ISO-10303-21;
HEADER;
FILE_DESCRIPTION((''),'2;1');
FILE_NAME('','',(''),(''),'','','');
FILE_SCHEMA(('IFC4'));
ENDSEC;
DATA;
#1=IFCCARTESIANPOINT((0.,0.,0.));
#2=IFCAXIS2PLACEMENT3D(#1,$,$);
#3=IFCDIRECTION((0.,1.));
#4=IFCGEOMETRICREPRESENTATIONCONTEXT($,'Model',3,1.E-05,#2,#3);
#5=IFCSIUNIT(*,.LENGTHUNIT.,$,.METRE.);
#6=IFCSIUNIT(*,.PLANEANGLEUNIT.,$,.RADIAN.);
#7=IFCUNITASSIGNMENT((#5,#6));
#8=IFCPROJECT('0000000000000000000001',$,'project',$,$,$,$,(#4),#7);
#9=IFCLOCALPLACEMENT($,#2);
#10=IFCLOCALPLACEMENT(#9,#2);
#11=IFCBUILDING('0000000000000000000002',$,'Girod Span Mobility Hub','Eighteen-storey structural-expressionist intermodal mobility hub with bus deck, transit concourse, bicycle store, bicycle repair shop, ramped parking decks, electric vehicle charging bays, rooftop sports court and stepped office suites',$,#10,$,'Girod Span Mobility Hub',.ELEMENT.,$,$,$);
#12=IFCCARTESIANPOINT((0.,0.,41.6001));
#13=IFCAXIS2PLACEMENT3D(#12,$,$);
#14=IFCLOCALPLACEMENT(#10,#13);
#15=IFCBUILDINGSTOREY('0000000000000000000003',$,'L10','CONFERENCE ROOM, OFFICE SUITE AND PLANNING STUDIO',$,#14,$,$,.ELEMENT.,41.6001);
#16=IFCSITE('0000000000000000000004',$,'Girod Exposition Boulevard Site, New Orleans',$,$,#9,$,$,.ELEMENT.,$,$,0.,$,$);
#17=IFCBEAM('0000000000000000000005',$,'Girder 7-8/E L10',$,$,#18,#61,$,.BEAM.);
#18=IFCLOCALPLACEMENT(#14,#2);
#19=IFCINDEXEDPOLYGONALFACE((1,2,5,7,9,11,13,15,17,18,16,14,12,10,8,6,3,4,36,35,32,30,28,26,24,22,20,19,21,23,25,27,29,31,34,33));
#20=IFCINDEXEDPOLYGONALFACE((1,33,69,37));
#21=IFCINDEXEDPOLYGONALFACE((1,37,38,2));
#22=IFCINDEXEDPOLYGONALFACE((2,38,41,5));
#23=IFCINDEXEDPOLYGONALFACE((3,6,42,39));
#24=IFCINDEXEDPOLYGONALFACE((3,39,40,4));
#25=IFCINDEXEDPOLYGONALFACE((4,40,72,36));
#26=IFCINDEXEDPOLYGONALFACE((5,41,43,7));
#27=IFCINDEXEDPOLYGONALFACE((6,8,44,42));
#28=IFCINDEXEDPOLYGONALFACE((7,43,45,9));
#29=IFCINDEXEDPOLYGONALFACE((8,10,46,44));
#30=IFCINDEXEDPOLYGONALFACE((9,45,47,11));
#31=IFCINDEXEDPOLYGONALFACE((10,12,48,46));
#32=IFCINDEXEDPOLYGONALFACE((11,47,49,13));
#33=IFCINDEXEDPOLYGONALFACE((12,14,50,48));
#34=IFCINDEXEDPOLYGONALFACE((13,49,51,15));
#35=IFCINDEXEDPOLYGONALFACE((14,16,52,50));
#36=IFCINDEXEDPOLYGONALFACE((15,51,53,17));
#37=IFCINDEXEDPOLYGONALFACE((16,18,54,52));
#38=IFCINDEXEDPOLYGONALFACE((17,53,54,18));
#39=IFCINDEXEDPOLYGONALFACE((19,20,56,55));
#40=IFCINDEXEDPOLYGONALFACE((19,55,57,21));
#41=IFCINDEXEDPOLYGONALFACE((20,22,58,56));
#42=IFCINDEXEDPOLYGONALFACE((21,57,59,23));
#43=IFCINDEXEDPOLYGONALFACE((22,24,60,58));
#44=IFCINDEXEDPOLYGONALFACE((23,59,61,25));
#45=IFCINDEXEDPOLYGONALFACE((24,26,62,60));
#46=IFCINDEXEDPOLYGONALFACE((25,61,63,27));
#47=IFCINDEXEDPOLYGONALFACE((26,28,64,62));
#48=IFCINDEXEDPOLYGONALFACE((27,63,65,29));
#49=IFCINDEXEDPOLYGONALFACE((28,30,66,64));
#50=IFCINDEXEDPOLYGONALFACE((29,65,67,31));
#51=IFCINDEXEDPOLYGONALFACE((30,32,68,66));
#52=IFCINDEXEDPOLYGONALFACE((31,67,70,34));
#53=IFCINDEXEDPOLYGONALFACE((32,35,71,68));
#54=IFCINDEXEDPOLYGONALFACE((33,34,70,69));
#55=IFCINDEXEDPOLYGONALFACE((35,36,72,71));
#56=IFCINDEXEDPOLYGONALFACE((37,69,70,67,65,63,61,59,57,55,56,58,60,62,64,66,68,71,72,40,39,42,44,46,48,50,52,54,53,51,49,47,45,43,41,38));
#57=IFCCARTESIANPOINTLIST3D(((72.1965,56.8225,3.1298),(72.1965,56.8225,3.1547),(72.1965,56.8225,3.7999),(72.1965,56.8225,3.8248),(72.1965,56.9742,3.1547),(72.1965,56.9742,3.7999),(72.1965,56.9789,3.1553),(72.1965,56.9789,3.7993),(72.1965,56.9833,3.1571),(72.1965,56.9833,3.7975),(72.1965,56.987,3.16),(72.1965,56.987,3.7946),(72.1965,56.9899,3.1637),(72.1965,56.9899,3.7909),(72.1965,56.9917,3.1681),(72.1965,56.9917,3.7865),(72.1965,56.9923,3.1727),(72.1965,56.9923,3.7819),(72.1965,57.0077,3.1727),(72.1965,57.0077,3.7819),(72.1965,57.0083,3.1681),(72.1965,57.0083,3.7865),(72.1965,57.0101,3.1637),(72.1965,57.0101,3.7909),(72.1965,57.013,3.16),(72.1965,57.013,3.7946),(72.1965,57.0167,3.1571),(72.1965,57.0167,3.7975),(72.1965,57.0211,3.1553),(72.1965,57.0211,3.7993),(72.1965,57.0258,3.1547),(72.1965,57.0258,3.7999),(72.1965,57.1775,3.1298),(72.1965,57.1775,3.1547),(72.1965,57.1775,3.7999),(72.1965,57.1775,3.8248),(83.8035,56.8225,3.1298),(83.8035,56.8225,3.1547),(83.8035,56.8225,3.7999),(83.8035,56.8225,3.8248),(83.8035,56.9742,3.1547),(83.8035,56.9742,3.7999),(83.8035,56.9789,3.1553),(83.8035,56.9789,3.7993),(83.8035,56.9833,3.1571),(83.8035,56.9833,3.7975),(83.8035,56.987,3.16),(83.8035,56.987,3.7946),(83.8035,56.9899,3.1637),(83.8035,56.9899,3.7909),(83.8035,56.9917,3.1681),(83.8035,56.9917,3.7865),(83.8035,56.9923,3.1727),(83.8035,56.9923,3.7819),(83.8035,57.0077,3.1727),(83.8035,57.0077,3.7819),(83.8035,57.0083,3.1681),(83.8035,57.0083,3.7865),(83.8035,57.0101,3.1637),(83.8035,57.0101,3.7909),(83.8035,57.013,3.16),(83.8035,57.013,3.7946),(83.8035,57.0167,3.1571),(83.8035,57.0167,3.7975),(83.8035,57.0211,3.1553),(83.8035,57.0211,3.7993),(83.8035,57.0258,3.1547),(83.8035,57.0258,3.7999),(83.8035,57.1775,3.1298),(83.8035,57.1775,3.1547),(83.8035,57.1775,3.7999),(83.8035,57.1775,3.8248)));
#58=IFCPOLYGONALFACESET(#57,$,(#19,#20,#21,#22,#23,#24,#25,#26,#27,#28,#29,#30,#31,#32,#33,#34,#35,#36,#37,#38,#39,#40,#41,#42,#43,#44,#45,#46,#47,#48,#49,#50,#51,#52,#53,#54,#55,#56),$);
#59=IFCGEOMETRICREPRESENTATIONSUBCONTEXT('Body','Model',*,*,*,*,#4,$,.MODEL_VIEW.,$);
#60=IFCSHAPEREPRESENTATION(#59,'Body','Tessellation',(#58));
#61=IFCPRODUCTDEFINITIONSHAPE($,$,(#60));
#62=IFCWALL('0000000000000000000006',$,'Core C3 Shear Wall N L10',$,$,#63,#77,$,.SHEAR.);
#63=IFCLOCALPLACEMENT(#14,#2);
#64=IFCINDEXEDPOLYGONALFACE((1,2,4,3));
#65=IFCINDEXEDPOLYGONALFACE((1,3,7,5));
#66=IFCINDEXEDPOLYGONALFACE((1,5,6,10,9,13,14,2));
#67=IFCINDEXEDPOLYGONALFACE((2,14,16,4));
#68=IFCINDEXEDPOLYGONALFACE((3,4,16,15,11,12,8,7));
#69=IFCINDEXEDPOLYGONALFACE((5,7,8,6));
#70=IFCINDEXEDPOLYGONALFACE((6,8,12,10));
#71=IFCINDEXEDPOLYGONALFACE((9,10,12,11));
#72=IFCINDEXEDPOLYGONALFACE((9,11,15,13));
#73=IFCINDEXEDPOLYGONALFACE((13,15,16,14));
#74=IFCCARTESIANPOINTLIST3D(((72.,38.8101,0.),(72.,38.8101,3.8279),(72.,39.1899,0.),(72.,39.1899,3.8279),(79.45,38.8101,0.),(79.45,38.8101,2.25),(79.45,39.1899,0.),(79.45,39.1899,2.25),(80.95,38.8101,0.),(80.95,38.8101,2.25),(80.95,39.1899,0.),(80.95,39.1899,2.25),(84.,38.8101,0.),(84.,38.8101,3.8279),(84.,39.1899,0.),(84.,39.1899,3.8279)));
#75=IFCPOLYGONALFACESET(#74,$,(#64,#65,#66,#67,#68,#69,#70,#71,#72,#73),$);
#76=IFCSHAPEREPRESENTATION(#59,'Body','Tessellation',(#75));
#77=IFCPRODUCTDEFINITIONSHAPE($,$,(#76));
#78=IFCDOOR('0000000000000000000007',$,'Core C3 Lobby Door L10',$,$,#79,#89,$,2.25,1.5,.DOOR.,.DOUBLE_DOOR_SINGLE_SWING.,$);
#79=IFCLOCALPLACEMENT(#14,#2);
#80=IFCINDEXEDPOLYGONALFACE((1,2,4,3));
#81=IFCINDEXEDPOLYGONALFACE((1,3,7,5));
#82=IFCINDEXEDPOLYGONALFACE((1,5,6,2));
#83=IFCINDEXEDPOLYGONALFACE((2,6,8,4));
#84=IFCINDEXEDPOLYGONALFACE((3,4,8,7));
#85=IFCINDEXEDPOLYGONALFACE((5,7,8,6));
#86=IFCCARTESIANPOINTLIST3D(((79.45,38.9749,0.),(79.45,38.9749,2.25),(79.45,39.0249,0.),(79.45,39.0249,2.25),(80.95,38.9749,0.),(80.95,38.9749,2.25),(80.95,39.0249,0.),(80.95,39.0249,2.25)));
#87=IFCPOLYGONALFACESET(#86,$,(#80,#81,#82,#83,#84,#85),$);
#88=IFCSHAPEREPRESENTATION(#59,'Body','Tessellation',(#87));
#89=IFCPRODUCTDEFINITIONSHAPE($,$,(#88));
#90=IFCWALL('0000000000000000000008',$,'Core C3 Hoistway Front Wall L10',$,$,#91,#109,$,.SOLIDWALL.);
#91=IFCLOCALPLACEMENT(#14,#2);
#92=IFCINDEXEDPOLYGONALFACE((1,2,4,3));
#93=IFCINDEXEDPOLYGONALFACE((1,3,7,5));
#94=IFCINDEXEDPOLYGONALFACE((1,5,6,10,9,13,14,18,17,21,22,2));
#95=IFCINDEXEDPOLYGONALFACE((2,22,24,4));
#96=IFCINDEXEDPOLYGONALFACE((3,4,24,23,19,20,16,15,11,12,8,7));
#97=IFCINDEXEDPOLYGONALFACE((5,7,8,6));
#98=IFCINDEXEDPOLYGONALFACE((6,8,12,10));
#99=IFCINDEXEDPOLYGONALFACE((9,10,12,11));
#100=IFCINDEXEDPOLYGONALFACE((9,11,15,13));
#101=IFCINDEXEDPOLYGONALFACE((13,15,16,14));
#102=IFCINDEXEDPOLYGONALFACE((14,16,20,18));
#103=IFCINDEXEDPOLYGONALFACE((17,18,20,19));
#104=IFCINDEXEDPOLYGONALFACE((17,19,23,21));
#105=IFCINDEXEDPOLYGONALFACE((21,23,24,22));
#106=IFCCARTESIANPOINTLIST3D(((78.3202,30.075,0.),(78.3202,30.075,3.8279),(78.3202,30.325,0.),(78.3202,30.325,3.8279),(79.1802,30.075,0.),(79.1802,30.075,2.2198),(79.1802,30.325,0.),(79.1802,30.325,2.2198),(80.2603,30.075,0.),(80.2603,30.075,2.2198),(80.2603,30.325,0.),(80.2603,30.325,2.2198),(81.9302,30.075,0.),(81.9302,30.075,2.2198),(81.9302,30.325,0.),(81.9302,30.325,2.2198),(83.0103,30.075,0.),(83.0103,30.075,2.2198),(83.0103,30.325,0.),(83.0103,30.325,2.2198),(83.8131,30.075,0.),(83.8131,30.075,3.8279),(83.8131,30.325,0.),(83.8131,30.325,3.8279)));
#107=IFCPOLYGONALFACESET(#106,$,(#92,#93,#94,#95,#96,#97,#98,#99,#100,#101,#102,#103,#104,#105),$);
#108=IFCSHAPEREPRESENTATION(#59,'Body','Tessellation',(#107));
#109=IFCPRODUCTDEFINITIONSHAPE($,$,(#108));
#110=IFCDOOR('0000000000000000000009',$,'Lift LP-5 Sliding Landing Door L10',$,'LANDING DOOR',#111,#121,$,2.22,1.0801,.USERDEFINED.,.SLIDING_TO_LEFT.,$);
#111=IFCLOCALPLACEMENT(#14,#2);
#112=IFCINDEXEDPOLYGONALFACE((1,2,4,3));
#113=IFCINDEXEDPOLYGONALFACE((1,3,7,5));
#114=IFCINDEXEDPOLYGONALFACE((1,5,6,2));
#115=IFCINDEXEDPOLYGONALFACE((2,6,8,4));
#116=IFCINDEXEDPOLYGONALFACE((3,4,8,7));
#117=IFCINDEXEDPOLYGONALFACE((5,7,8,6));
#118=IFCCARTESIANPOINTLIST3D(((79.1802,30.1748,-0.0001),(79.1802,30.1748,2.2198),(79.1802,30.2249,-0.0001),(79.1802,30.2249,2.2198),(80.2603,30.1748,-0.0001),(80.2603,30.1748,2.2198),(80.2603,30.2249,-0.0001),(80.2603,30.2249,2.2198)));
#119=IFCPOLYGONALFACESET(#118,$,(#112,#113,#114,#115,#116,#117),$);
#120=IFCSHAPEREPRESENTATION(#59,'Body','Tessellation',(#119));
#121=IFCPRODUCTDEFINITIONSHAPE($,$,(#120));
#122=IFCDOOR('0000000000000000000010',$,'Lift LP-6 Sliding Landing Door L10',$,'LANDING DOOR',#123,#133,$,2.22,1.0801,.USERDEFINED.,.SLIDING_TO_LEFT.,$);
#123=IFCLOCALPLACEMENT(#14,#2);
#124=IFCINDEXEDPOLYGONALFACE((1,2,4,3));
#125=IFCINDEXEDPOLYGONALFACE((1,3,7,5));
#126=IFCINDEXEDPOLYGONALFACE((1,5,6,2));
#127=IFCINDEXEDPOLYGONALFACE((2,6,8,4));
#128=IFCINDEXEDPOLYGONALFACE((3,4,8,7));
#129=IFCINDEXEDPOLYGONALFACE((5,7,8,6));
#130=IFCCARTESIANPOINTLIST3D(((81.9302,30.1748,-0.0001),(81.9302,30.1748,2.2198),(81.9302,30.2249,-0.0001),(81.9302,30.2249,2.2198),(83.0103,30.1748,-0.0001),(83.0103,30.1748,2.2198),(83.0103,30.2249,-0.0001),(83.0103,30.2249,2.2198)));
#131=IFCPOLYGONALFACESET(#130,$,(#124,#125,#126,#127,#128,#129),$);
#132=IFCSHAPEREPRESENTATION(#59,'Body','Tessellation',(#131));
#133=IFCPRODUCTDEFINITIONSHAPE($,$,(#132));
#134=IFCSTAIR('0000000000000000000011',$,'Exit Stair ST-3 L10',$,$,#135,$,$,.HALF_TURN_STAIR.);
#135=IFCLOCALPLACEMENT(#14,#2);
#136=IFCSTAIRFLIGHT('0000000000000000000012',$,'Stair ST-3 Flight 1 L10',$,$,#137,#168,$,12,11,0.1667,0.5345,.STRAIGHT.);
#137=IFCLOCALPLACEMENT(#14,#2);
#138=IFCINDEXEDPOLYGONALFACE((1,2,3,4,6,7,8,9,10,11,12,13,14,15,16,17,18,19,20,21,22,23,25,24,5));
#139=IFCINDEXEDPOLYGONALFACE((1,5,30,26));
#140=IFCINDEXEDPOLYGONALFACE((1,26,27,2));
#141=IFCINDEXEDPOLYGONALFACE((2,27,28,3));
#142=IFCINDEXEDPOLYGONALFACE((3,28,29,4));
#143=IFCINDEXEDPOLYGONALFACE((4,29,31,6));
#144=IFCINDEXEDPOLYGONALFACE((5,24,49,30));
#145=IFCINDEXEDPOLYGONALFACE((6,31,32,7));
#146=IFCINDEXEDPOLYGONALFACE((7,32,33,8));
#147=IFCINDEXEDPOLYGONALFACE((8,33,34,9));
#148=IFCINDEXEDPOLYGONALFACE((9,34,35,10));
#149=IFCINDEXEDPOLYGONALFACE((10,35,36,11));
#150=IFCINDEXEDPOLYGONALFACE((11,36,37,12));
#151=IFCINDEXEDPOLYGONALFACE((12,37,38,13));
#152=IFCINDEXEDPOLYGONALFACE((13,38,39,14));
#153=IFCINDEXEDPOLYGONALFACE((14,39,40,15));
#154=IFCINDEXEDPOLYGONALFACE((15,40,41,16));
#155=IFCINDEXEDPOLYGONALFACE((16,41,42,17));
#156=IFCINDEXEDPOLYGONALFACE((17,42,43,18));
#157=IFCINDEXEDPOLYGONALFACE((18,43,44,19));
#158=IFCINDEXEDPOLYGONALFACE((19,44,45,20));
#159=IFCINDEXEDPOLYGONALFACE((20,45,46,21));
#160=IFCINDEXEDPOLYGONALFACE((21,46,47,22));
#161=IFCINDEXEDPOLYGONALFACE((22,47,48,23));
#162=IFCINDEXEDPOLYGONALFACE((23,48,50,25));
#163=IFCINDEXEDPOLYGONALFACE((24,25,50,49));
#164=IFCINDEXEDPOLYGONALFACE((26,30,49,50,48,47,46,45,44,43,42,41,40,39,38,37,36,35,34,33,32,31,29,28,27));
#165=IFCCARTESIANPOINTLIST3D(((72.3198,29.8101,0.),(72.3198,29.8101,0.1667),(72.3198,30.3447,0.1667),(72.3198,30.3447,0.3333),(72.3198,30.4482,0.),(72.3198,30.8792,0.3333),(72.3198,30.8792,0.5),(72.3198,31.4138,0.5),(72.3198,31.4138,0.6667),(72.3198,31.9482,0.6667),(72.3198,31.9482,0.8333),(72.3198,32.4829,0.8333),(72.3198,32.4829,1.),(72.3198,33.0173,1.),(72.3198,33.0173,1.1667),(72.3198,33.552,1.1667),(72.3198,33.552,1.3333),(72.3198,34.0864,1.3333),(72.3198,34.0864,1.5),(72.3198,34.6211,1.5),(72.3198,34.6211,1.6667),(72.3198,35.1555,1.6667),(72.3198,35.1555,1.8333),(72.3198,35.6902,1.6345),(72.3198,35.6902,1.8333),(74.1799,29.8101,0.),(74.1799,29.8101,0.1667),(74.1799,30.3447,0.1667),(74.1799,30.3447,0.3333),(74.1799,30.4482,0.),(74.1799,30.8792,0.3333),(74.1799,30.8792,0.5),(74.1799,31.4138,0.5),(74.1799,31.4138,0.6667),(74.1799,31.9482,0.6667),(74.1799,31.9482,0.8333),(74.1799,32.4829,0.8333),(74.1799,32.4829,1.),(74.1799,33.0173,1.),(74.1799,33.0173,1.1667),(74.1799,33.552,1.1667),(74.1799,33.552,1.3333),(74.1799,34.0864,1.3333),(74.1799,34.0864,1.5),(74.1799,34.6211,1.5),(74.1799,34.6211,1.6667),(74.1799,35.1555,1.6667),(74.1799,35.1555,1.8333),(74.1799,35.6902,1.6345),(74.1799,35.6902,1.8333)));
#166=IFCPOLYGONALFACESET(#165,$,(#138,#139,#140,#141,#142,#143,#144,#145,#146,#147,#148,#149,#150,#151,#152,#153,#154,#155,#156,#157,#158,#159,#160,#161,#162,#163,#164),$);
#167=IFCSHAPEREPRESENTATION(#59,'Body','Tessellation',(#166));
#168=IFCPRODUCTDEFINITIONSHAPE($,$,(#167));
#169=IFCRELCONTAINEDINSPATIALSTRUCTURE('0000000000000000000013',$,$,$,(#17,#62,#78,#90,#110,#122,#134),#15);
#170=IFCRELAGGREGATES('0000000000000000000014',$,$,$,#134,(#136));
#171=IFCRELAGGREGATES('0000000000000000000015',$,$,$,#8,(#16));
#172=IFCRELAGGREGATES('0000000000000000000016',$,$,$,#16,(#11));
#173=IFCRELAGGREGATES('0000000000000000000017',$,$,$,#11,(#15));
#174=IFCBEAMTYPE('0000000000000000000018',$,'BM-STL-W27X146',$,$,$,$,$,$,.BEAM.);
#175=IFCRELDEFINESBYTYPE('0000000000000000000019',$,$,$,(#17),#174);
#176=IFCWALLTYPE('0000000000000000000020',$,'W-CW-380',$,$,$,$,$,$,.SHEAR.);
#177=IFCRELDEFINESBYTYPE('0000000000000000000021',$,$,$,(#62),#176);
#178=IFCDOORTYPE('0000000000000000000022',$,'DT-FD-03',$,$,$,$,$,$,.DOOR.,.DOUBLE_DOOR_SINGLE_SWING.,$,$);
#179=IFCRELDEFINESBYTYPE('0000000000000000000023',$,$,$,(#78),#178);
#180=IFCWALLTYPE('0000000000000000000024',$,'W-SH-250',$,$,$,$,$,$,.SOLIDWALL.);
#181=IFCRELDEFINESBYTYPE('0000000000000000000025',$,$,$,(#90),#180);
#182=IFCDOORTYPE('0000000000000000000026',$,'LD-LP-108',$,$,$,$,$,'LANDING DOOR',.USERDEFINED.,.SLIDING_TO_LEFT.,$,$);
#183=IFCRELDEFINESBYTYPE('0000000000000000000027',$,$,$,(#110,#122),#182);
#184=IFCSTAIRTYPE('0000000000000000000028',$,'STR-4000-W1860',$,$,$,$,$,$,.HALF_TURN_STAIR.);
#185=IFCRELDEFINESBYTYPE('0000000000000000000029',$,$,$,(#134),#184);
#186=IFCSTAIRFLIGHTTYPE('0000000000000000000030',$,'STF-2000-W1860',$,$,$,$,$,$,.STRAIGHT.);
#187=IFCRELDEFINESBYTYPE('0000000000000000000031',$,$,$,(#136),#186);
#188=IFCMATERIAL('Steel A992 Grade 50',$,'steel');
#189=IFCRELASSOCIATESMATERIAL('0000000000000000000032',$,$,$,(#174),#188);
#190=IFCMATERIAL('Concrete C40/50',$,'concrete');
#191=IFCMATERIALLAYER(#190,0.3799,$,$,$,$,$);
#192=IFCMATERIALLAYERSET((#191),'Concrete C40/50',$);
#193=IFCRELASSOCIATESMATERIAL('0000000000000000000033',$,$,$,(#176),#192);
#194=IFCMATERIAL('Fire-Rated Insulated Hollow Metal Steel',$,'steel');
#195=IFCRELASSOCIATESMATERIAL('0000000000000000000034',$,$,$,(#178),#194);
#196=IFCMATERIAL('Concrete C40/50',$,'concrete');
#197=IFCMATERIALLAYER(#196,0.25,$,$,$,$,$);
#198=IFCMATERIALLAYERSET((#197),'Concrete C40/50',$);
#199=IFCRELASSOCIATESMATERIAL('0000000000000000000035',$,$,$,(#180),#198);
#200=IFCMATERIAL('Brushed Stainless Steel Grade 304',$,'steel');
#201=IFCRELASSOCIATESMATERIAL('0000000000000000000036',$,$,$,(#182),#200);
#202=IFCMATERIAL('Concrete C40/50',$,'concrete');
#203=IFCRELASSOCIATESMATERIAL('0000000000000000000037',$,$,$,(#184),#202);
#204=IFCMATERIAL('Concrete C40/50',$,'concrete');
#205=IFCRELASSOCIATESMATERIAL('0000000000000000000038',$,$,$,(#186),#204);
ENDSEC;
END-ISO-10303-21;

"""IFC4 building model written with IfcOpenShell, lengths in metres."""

from ifc_helpers import new_model, si_unit, direction, frame, frame_2d, origin, origin_2d, place, context, subcontext, project, spatial, polyline, rectangle, i_section, outline, extrude, material, layer, layer_set, material_profile, profile_set, type_object, element, fill, aggregate, save


model = new_model("IFC4")

# Units and contexts
model_context = context("Model", 3, precision=1e-05, world=origin(), true_north=direction((0.0, 1.0)))
body_context = subcontext(model_context, "Body", "Model", "MODEL_VIEW")
ifc_project = project(units=[si_unit("LENGTHUNIT", "METRE"), si_unit("PLANEANGLEUNIT", "RADIAN")], contexts=[model_context])

# Site, building, storey
site_placement = place(None, origin())
site = spatial("IfcSite", under=ifc_project, at=site_placement, Name="Girod Exposition Boulevard Site, New Orleans", CompositionType="ELEMENT", RefElevation=0.0)
building_placement = place(site_placement, origin())
building = spatial("IfcBuilding", under=site, at=building_placement, Name="Girod Span Mobility Hub", Description="Eighteen-storey structural-expressionist intermodal mobility hub with bus deck, transit concourse, bicycle store, bicycle repair shop, ramped parking decks, electric vehicle charging bays, rooftop sports court and stepped office suites", LongName="Girod Span Mobility Hub", CompositionType="ELEMENT")
storey_placement = place(building_placement, frame((0.0, 0.0, 41.6001)))
storey = spatial("IfcBuildingStorey", under=building, at=storey_placement, Name="L10", Description="CONFERENCE ROOM, OFFICE SUITE AND PLANNING STUDIO", CompositionType="ELEMENT", Elevation=41.6001)

# Beam
ifc_material_1 = material(Name="Steel A992 Grade 50", Category="steel")
ifc_material_profile_1 = material_profile(ifc_material_1, i_section(OverallWidth=0.355, OverallDepth=0.6951, WebThickness=0.0154, FlangeThickness=0.0249, FilletRadius=0.0181, at=origin_2d()), Name="W27X146")
ifc_profile_set_1 = profile_set([ifc_material_profile_1], Name="Steel A992 Grade 50")
beam_type_1 = type_object("IfcBeamType", Name="BM-STL-W27X146", PredefinedType="BEAM", material=ifc_profile_set_1)
for number, where, z_axis, x_axis, name in (
    (1, (72.1965, 57.0, 3.4773), (1.0, 0.0, 0.0), (0.0, 1.0, 0.0), "Girder 7-8/E L10"),
):
    element("IfcBeam", number, at=place(storey_placement, frame(where, z_axis=z_axis, x_axis=x_axis)), inside=storey, type_object=beam_type_1, Name=name, PredefinedType="BEAM", context=body_context, shape_type="SweptSolid", body=[
        extrude(i_section(OverallWidth=0.355, OverallDepth=0.6951, WebThickness=0.0154, FlangeThickness=0.0249, FilletRadius=0.0181, at=origin_2d()), origin(), (0.0, 0.0, 1.0), 11.6069),
    ])

# Wall, opening, door
ifc_material_2 = material(Name="Concrete C40/50", Category="concrete")
ifc_layer_1 = layer(ifc_material_2, 0.3799)
ifc_layer_set_1 = layer_set([ifc_layer_1], Name="Concrete C40/50")
wall_type_1 = type_object("IfcWallType", Name="W-CW-380", PredefinedType="SHEAR", material=ifc_layer_set_1)
wall_1_placement = place(storey_placement, frame((72.0, 39.0, 0.0), z_axis=(0.0, 0.0, 1.0), x_axis=(1.0, 0.0, 0.0)))
wall_1 = element("IfcWall", 2, at=wall_1_placement, inside=storey, type_object=wall_type_1, Name="Core C3 Shear Wall N L10", PredefinedType="SHEAR", context=body_context, shape_type="SweptSolid", body=[
    extrude(rectangle(XDim=12.0, YDim=0.3799, at=frame_2d((6.0, 0.0))), origin(), (0.0, 0.0, 1.0), 3.8279),
])
opening_1_placement = place(wall_1_placement, frame((7.45, 0.0, 0.0)))
opening_1 = element("IfcOpeningElement", 3, at=opening_1_placement, cuts=wall_1, PredefinedType="OPENING", context=body_context, shape_type="SweptSolid", body=[
    extrude(rectangle(XDim=1.5, YDim=2.25, at=frame_2d((0.75, 1.125))), frame((0.0, 0.2048, 0.0), z_axis=(0.0, -1.0, 0.0), x_axis=(1.0, 0.0, 0.0)), (0.0, 0.0, 1.0), 0.4099),
])
ifc_material_3 = material(Name="Fire-Rated Insulated Hollow Metal Steel", Category="steel")
door_type_1 = type_object("IfcDoorType", Name="DT-FD-03", OperationType="DOUBLE_DOOR_SINGLE_SWING", PredefinedType="DOOR", material=ifc_material_3)
door_1_placement = place(opening_1_placement, origin())
door_1 = element("IfcDoor", 4, at=door_1_placement, inside=storey, type_object=door_type_1, Name="Core C3 Lobby Door L10", OperationType="DOUBLE_DOOR_SINGLE_SWING", OverallHeight=2.25, OverallWidth=1.5, PredefinedType="DOOR", context=body_context, shape_type="SweptSolid", body=[
    extrude(rectangle(XDim=1.5, YDim=2.25, at=frame_2d((0.75, 1.125))), frame((0.0, 0.0249, 0.0), z_axis=(0.0, -1.0, 0.0), x_axis=(1.0, 0.0, 0.0)), (0.0, 0.0, 1.0), 0.05),
])
fill(opening_1, door_1)

# Wall, openings, doors
ifc_material_4 = material(Name="Concrete C40/50", Category="concrete")
ifc_layer_2 = layer(ifc_material_4, 0.25)
ifc_layer_set_2 = layer_set([ifc_layer_2], Name="Concrete C40/50")
wall_type_2 = type_object("IfcWallType", Name="W-SH-250", PredefinedType="SOLIDWALL", material=ifc_layer_set_2)
wall_2_placement = place(storey_placement, frame((78.3201, 30.2, 0.0), z_axis=(0.0, 0.0, 1.0), x_axis=(1.0, 0.0, 0.0)))
wall_2 = element("IfcWall", 5, at=wall_2_placement, inside=storey, type_object=wall_type_2, Name="Core C3 Hoistway Front Wall L10", PredefinedType="SOLIDWALL", context=body_context, shape_type="SweptSolid", body=[
    extrude(rectangle(XDim=5.4929, YDim=0.25, at=frame_2d((2.7466, 0.0))), origin(), (0.0, 0.0, 1.0), 3.8279),
])
opening_2_placement = place(wall_2_placement, frame((0.8601, 0.0, 0.0)))
opening_2 = element("IfcOpeningElement", 6, at=opening_2_placement, cuts=wall_2, PredefinedType="OPENING", context=body_context, shape_type="SweptSolid", body=[
    extrude(rectangle(XDim=1.0801, YDim=2.22, at=frame_2d((0.54, 1.1099))), frame((0.0, 0.1399, 0.0), z_axis=(0.0, -1.0, 0.0), x_axis=(1.0, 0.0, 0.0)), (0.0, 0.0, 1.0), 0.28),
])
opening_3_placement = place(wall_2_placement, frame((3.6101, 0.0, 0.0)))
opening_3 = element("IfcOpeningElement", 7, at=opening_3_placement, cuts=wall_2, PredefinedType="OPENING", context=body_context, shape_type="SweptSolid", body=[
    extrude(rectangle(XDim=1.0801, YDim=2.22, at=frame_2d((0.54, 1.1099))), frame((0.0, 0.1399, 0.0), z_axis=(0.0, -1.0, 0.0), x_axis=(1.0, 0.0, 0.0)), (0.0, 0.0, 1.0), 0.28),
])
ifc_material_5 = material(Name="Brushed Stainless Steel Grade 304", Category="steel")
door_type_2 = type_object("IfcDoorType", Name="LD-LP-108", ElementType="LANDING DOOR", OperationType="SLIDING_TO_LEFT", PredefinedType="USERDEFINED", material=ifc_material_5)
door_2_placement = place(opening_2_placement, origin())
door_2 = element("IfcDoor", 8, at=door_2_placement, inside=storey, type_object=door_type_2, Name="Lift LP-5 Sliding Landing Door L10", ObjectType="LANDING DOOR", OperationType="SLIDING_TO_LEFT", OverallHeight=2.22, OverallWidth=1.0801, PredefinedType="USERDEFINED", context=body_context, shape_type="SweptSolid", body=[
    extrude(rectangle(XDim=1.0801, YDim=2.22, at=frame_2d((0.54, 1.1099))), frame((0.0, 0.0249, 0.0), z_axis=(0.0, -1.0, 0.0), x_axis=(1.0, 0.0, 0.0)), (0.0, 0.0, 1.0), 0.05),
])
fill(opening_2, door_2)
door_3_placement = place(opening_3_placement, origin())
door_3 = element("IfcDoor", 9, at=door_3_placement, inside=storey, type_object=door_type_2, Name="Lift LP-6 Sliding Landing Door L10", ObjectType="LANDING DOOR", OperationType="SLIDING_TO_LEFT", OverallHeight=2.22, OverallWidth=1.0801, PredefinedType="USERDEFINED", context=body_context, shape_type="SweptSolid", body=[
    extrude(rectangle(XDim=1.0801, YDim=2.22, at=frame_2d((0.54, 1.1099))), frame((0.0, 0.0249, 0.0), z_axis=(0.0, -1.0, 0.0), x_axis=(1.0, 0.0, 0.0)), (0.0, 0.0, 1.0), 0.05),
])
fill(opening_3, door_3)

# Stair, stair flight
ifc_material_6 = material(Name="Concrete C40/50", Category="concrete")
stair_type = type_object("IfcStairType", Name="STR-4000-W1860", PredefinedType="HALF_TURN_STAIR", material=ifc_material_6)
stair_placement = place(storey_placement, origin())
stair = element("IfcStair", 10, at=stair_placement, inside=storey, type_object=stair_type, Name="Exit Stair ST-3 L10", PredefinedType="HALF_TURN_STAIR")
ifc_material_7 = material(Name="Concrete C40/50", Category="concrete")
stair_flight_type = type_object("IfcStairFlightType", Name="STF-2000-W1860", PredefinedType="STRAIGHT", material=ifc_material_7)
stair_flight_1_placement = place(storey_placement, frame((73.25, 29.8101, 0.0), z_axis=(0.0, 0.0, 1.0), x_axis=(0.0, 1.0, 0.0)))
stair_flight_1 = element("IfcStairFlight", 11, at=stair_flight_1_placement, type_object=stair_flight_type, Name="Stair ST-3 Flight 1 L10", NumberOfRisers=12, NumberOfTreads=11, PredefinedType="STRAIGHT", RiserHeight=0.1667, TreadLength=0.5345, context=body_context, shape_type="SweptSolid", body=[
    extrude(outline(polyline([(0.0, 0.0), (0.0, 0.1667), (0.5347, 0.1667), (0.5347, 0.3333), (1.0691, 0.3333), (1.0691, 0.5), (1.6038, 0.5), (1.6038, 0.6667), (2.1382, 0.6667), (2.1382, 0.8333), (2.6729, 0.8333), (2.6729, 1.0), (3.2073, 1.0), (3.2073, 1.1667), (3.7419, 1.1667), (3.7419, 1.3333), (4.2764, 1.3333), (4.2764, 1.5), (4.811, 1.5), (4.811, 1.6667), (5.3455, 1.6667), (5.3455, 1.8333), (5.8801, 1.8333), (5.8801, 2.0), (5.8801, 1.6345), (0.6382, 0.0), (0.0, 0.0)])), frame((0.0, 0.9302, 0.0), z_axis=(0.0, -1.0, 0.0), x_axis=(1.0, 0.0, 0.0)), (0.0, 0.0, 1.0), 1.8601),
])
aggregate(stair, [stair_flight_1])

save(model, "model.ifc")
